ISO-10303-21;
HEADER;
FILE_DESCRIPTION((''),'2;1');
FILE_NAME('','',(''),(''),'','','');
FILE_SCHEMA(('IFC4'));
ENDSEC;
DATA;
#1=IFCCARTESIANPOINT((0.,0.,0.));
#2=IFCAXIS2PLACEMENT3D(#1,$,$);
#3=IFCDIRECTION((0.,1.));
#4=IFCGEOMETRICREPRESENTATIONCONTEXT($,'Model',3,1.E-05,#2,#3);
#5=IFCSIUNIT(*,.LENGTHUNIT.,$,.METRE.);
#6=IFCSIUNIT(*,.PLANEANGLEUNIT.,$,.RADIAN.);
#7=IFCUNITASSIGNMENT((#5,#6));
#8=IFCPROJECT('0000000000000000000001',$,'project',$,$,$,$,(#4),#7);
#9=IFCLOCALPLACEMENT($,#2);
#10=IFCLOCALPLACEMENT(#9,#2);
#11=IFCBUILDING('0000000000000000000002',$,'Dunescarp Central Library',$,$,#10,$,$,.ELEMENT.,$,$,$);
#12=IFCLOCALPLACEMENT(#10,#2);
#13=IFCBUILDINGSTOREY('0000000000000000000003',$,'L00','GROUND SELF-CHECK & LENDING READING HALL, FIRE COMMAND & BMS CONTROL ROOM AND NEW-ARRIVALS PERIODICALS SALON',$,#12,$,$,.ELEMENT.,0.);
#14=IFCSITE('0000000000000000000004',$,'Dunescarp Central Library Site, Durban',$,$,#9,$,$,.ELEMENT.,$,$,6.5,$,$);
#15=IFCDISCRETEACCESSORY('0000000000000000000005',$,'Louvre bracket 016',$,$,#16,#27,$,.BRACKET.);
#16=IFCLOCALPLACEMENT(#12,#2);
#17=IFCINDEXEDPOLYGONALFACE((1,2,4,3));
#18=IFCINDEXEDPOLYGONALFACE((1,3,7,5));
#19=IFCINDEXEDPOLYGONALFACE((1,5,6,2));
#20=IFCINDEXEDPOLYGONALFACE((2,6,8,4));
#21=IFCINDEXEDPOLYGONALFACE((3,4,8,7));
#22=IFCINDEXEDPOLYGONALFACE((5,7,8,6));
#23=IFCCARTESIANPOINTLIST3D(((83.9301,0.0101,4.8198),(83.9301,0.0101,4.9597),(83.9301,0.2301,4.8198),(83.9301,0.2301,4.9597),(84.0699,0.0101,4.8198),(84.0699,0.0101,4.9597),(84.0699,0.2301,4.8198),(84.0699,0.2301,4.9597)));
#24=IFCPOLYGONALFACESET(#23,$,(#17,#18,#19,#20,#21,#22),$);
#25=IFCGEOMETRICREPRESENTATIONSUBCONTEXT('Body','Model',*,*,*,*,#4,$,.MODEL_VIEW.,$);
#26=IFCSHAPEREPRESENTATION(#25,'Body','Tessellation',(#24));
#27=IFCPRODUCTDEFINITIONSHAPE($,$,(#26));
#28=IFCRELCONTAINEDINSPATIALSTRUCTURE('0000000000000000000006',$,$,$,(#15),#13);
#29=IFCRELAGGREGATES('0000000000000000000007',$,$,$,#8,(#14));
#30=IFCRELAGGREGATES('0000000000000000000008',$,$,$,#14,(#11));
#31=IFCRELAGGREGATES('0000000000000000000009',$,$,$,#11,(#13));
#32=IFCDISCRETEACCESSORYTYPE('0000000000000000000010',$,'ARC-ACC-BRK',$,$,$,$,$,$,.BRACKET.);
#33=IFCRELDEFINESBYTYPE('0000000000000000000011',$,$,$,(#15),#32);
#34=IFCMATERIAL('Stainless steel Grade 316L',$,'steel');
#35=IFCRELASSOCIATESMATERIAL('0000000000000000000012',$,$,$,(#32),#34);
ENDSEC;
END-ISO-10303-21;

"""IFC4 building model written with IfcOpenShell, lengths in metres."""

from ifc_helpers import new_model, si_unit, direction, frame, origin, origin_2d, place, context, subcontext, project, spatial, rectangle, extrude, material, type_object, element, save


model = new_model("IFC4")

# Units and contexts
model_context = context("Model", 3, precision=1e-05, world=origin(), true_north=direction((0.0, 1.0)))
body_context = subcontext(model_context, "Body", "Model", "MODEL_VIEW")
ifc_project = project(units=[si_unit("LENGTHUNIT", "METRE"), si_unit("PLANEANGLEUNIT", "RADIAN")], contexts=[model_context])

# Site, building, storey
site_placement = place(None, origin())
site = spatial("IfcSite", under=ifc_project, at=site_placement, Name="Dunescarp Central Library Site, Durban", CompositionType="ELEMENT", RefElevation=6.5)
building_placement = place(site_placement, origin())
building = spatial("IfcBuilding", under=site, at=building_placement, Name="Dunescarp Central Library", CompositionType="ELEMENT")
storey_placement = place(building_placement, origin())
storey = spatial("IfcBuildingStorey", under=building, at=storey_placement, Name="L00", Description="GROUND SELF-CHECK & LENDING READING HALL, FIRE COMMAND & BMS CONTROL ROOM AND NEW-ARRIVALS PERIODICALS SALON", CompositionType="ELEMENT", Elevation=0.0)

# Discrete accessory
ifc_material_1 = material(Name="Stainless steel Grade 316L", Category="steel")
discrete_accessory_type = type_object("IfcDiscreteAccessoryType", Name="ARC-ACC-BRK", PredefinedType="BRACKET", material=ifc_material_1)
discrete_accessory_placement = place(storey_placement, frame((84.0, 0.1201, 4.8198), z_axis=(0.0, 0.0, 1.0), x_axis=(1.0, 0.0, 0.0)))
element("IfcDiscreteAccessory", 1, at=discrete_accessory_placement, inside=storey, type_object=discrete_accessory_type, Name="Louvre bracket 016", PredefinedType="BRACKET", context=body_context, shape_type="SweptSolid", body=[
    extrude(rectangle(XDim=0.1399, YDim=0.22, at=origin_2d()), origin(), (0.0, 0.0, 1.0), 0.1399),
])

save(model, "model.ifc")
